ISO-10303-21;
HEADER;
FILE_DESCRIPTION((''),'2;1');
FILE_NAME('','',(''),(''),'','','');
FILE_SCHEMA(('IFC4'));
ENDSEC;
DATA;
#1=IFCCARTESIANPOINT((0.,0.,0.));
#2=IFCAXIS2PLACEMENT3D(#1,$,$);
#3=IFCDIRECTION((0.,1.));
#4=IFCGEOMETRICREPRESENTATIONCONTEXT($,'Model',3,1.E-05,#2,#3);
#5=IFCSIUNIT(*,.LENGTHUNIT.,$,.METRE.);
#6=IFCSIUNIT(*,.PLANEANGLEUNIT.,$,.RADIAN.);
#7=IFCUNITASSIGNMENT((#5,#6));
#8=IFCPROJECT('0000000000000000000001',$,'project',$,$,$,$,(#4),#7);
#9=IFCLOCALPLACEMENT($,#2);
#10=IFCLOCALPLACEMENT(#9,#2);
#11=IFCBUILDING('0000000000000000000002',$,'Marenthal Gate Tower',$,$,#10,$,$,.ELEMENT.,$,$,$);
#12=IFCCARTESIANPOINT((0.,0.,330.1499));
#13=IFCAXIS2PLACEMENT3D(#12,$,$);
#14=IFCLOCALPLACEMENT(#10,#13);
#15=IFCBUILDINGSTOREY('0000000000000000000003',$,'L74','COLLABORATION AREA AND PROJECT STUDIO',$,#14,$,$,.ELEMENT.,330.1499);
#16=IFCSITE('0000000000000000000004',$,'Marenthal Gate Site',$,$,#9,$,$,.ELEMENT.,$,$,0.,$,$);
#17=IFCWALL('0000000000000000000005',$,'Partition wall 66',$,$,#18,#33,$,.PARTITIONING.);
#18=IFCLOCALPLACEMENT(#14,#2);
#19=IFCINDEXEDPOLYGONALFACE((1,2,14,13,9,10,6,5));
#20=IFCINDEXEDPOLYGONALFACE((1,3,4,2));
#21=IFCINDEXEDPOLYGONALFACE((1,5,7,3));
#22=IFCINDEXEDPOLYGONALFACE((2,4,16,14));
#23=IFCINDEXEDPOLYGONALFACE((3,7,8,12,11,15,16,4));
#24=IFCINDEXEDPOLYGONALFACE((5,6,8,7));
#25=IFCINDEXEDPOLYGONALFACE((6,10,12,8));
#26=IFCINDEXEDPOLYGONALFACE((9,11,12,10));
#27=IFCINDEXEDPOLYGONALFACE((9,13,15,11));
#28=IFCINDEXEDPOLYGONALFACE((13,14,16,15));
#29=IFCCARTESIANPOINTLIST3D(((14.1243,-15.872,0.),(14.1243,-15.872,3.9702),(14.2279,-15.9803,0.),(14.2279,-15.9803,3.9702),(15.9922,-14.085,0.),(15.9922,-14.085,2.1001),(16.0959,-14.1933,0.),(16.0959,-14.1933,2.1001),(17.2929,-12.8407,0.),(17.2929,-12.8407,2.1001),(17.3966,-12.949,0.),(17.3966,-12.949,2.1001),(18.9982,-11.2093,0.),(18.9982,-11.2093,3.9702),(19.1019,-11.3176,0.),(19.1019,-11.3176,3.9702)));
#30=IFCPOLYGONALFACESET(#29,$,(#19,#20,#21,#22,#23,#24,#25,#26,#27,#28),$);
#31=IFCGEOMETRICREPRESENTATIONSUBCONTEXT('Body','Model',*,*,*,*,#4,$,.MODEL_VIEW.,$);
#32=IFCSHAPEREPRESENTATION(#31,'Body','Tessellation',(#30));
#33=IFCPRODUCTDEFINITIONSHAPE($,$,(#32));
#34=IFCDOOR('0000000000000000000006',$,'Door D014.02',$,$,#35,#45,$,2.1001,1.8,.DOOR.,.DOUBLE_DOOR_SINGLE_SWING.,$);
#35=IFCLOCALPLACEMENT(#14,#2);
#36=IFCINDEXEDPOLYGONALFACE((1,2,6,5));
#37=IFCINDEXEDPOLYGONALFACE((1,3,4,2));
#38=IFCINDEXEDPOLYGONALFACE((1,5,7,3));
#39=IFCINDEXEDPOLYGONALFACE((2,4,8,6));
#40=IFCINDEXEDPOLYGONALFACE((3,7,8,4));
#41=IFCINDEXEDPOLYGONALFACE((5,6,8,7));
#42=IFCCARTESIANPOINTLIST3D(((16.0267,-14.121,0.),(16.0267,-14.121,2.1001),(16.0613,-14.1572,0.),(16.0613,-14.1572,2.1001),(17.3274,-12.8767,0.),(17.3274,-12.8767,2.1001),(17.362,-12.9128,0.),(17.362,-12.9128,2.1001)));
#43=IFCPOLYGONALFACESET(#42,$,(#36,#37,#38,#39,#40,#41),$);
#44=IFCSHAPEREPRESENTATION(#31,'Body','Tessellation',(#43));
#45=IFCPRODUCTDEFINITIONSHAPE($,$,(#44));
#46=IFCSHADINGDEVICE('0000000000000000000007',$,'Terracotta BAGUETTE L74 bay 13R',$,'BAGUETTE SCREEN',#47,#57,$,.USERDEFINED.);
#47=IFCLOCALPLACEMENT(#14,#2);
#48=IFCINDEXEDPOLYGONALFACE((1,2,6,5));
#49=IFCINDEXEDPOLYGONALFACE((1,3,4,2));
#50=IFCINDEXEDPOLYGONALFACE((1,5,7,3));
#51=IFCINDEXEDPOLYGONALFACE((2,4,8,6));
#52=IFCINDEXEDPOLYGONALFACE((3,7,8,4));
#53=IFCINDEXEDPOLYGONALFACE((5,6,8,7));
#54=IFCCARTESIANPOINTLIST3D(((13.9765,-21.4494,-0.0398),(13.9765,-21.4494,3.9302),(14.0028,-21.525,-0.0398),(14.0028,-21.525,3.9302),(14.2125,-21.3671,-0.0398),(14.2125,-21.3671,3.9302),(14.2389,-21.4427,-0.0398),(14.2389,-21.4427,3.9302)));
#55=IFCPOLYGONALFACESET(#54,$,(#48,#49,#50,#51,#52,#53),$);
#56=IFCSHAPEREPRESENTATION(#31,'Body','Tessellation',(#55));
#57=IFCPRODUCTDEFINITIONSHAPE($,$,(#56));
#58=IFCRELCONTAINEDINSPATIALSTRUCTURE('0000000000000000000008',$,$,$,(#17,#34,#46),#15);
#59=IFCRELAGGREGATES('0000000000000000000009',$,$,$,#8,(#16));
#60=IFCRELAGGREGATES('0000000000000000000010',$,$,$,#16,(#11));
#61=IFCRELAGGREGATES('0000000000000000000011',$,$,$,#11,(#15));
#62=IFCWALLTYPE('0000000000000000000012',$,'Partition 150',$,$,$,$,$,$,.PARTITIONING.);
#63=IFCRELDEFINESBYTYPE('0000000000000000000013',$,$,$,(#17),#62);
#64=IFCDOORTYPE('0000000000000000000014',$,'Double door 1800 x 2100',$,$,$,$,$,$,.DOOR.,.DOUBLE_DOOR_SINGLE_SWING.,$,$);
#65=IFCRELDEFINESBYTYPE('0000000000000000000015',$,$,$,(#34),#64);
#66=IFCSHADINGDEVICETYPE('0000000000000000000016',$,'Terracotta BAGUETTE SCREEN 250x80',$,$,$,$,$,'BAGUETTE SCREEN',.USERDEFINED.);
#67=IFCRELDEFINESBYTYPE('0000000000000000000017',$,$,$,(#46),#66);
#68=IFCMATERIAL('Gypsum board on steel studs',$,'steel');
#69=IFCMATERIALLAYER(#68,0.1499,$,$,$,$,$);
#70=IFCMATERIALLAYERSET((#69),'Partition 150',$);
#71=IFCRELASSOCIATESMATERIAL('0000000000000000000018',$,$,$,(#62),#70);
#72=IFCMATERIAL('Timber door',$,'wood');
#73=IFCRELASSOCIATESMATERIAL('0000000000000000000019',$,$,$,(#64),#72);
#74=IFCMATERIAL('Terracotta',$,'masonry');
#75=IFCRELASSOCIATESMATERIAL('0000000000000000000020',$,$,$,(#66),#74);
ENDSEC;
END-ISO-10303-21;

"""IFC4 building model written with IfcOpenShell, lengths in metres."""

from ifc_helpers import new_model, si_unit, direction, frame, frame_2d, origin, origin_2d, place, context, subcontext, project, spatial, rectangle, extrude, material, layer, layer_set, material_profile, profile_set, type_object, element, fill, save


model = new_model("IFC4")

# Units and contexts
model_context = context("Model", 3, precision=1e-05, world=origin(), true_north=direction((0.0, 1.0)))
body_context = subcontext(model_context, "Body", "Model", "MODEL_VIEW")
ifc_project = project(units=[si_unit("LENGTHUNIT", "METRE"), si_unit("PLANEANGLEUNIT", "RADIAN")], contexts=[model_context])

# Site, building, storey
site_placement = place(None, origin())
site = spatial("IfcSite", under=ifc_project, at=site_placement, Name="Marenthal Gate Site", CompositionType="ELEMENT", RefElevation=0.0)
building_placement = place(site_placement, origin())
building = spatial("IfcBuilding", under=site, at=building_placement, Name="Marenthal Gate Tower", CompositionType="ELEMENT")
storey_placement = place(building_placement, frame((0.0, 0.0, 330.1499)))
storey = spatial("IfcBuildingStorey", under=building, at=storey_placement, Name="L74", Description="COLLABORATION AREA AND PROJECT STUDIO", CompositionType="ELEMENT", Elevation=330.1499)

# Shared definitions
ifc_material_1 = material(Name="Gypsum board on steel studs", Category="steel")
ifc_layer_1 = layer(ifc_material_1, 0.1499)
ifc_layer_set_1 = layer_set([ifc_layer_1], Name="Partition 150")
wall_type_1 = type_object("IfcWallType", Name="Partition 150", PredefinedType="PARTITIONING", material=ifc_layer_set_1)

# Wall, opening, door
wall_1_placement = place(storey_placement, frame((19.05, -11.2634, 0.0), z_axis=(0.0, 0.0, 1.0), x_axis=(-0.722588, -0.691279, 0.0)))
wall_1 = element("IfcWall", 1, at=wall_1_placement, inside=storey, type_object=wall_type_1, Name="Partition wall 66", PredefinedType="PARTITIONING", context=body_context, shape_type="SweptSolid", body=[
    extrude(rectangle(XDim=6.7451, YDim=0.1499, at=frame_2d((3.3726, 0.0))), origin(), (0.0, 0.0, 1.0), 3.9702),
])
opening_1_placement = place(wall_1_placement, frame((2.3601, 0.0, 0.0)))
opening_1 = element("IfcOpeningElement", 2, at=opening_1_placement, cuts=wall_1, PredefinedType="OPENING", context=body_context, shape_type="SweptSolid", body=[
    extrude(rectangle(XDim=1.8, YDim=2.1001, at=frame_2d((0.8999, 1.05))), frame((0.0, 0.085, 0.0), z_axis=(0.0, -1.0, 0.0), x_axis=(1.0, 0.0, 0.0)), (0.0, 0.0, 1.0), 0.1699),
])
ifc_material_2 = material(Name="Timber door", Category="wood")
door_type_1 = type_object("IfcDoorType", Name="Double door 1800 x 2100", OperationType="DOUBLE_DOOR_SINGLE_SWING", PredefinedType="DOOR", material=ifc_material_2)
door_1_placement = place(opening_1_placement, origin())
door_1 = element("IfcDoor", 3, at=door_1_placement, inside=storey, type_object=door_type_1, Name="Door D014.02", OperationType="DOUBLE_DOOR_SINGLE_SWING", OverallHeight=2.1001, OverallWidth=1.8, PredefinedType="DOOR", context=body_context, shape_type="SweptSolid", body=[
    extrude(rectangle(XDim=1.8, YDim=2.1001, at=frame_2d((0.8999, 1.05))), frame((0.0, 0.0249, 0.0), z_axis=(0.0, -1.0, 0.0), x_axis=(1.0, 0.0, 0.0)), (0.0, 0.0, 1.0), 0.05),
])
fill(opening_1, door_1)

# Shading device
ifc_material_3 = material(Name="Terracotta", Category="masonry")
ifc_material_profile_1 = material_profile(ifc_material_3, rectangle(XDim=0.25, YDim=0.0801, at=origin_2d()), Name="Terracotta baguette 250x80")
ifc_profile_set_1 = profile_set([ifc_material_profile_1], Name="Terracotta")
shading_device_type = type_object("IfcShadingDeviceType", Name="Terracotta BAGUETTE SCREEN 250x80", ElementType="BAGUETTE SCREEN", PredefinedType="USERDEFINED", material=ifc_profile_set_1)
shading_device_placement = place(storey_placement, frame((14.1077, -21.446, -0.0398), z_axis=(0.0, 0.0, 1.0), x_axis=(0.944214, 0.329333, 0.0)))
element("IfcShadingDevice", 4, at=shading_device_placement, inside=storey, type_object=shading_device_type, Name="Terracotta BAGUETTE L74 bay 13R", ObjectType="BAGUETTE SCREEN", PredefinedType="USERDEFINED", context=body_context, shape_type="SweptSolid", body=[
    extrude(rectangle(XDim=0.25, YDim=0.0801, at=origin_2d()), origin(), (0.0, 0.0, 1.0), 3.97),
])

save(model, "model.ifc")
